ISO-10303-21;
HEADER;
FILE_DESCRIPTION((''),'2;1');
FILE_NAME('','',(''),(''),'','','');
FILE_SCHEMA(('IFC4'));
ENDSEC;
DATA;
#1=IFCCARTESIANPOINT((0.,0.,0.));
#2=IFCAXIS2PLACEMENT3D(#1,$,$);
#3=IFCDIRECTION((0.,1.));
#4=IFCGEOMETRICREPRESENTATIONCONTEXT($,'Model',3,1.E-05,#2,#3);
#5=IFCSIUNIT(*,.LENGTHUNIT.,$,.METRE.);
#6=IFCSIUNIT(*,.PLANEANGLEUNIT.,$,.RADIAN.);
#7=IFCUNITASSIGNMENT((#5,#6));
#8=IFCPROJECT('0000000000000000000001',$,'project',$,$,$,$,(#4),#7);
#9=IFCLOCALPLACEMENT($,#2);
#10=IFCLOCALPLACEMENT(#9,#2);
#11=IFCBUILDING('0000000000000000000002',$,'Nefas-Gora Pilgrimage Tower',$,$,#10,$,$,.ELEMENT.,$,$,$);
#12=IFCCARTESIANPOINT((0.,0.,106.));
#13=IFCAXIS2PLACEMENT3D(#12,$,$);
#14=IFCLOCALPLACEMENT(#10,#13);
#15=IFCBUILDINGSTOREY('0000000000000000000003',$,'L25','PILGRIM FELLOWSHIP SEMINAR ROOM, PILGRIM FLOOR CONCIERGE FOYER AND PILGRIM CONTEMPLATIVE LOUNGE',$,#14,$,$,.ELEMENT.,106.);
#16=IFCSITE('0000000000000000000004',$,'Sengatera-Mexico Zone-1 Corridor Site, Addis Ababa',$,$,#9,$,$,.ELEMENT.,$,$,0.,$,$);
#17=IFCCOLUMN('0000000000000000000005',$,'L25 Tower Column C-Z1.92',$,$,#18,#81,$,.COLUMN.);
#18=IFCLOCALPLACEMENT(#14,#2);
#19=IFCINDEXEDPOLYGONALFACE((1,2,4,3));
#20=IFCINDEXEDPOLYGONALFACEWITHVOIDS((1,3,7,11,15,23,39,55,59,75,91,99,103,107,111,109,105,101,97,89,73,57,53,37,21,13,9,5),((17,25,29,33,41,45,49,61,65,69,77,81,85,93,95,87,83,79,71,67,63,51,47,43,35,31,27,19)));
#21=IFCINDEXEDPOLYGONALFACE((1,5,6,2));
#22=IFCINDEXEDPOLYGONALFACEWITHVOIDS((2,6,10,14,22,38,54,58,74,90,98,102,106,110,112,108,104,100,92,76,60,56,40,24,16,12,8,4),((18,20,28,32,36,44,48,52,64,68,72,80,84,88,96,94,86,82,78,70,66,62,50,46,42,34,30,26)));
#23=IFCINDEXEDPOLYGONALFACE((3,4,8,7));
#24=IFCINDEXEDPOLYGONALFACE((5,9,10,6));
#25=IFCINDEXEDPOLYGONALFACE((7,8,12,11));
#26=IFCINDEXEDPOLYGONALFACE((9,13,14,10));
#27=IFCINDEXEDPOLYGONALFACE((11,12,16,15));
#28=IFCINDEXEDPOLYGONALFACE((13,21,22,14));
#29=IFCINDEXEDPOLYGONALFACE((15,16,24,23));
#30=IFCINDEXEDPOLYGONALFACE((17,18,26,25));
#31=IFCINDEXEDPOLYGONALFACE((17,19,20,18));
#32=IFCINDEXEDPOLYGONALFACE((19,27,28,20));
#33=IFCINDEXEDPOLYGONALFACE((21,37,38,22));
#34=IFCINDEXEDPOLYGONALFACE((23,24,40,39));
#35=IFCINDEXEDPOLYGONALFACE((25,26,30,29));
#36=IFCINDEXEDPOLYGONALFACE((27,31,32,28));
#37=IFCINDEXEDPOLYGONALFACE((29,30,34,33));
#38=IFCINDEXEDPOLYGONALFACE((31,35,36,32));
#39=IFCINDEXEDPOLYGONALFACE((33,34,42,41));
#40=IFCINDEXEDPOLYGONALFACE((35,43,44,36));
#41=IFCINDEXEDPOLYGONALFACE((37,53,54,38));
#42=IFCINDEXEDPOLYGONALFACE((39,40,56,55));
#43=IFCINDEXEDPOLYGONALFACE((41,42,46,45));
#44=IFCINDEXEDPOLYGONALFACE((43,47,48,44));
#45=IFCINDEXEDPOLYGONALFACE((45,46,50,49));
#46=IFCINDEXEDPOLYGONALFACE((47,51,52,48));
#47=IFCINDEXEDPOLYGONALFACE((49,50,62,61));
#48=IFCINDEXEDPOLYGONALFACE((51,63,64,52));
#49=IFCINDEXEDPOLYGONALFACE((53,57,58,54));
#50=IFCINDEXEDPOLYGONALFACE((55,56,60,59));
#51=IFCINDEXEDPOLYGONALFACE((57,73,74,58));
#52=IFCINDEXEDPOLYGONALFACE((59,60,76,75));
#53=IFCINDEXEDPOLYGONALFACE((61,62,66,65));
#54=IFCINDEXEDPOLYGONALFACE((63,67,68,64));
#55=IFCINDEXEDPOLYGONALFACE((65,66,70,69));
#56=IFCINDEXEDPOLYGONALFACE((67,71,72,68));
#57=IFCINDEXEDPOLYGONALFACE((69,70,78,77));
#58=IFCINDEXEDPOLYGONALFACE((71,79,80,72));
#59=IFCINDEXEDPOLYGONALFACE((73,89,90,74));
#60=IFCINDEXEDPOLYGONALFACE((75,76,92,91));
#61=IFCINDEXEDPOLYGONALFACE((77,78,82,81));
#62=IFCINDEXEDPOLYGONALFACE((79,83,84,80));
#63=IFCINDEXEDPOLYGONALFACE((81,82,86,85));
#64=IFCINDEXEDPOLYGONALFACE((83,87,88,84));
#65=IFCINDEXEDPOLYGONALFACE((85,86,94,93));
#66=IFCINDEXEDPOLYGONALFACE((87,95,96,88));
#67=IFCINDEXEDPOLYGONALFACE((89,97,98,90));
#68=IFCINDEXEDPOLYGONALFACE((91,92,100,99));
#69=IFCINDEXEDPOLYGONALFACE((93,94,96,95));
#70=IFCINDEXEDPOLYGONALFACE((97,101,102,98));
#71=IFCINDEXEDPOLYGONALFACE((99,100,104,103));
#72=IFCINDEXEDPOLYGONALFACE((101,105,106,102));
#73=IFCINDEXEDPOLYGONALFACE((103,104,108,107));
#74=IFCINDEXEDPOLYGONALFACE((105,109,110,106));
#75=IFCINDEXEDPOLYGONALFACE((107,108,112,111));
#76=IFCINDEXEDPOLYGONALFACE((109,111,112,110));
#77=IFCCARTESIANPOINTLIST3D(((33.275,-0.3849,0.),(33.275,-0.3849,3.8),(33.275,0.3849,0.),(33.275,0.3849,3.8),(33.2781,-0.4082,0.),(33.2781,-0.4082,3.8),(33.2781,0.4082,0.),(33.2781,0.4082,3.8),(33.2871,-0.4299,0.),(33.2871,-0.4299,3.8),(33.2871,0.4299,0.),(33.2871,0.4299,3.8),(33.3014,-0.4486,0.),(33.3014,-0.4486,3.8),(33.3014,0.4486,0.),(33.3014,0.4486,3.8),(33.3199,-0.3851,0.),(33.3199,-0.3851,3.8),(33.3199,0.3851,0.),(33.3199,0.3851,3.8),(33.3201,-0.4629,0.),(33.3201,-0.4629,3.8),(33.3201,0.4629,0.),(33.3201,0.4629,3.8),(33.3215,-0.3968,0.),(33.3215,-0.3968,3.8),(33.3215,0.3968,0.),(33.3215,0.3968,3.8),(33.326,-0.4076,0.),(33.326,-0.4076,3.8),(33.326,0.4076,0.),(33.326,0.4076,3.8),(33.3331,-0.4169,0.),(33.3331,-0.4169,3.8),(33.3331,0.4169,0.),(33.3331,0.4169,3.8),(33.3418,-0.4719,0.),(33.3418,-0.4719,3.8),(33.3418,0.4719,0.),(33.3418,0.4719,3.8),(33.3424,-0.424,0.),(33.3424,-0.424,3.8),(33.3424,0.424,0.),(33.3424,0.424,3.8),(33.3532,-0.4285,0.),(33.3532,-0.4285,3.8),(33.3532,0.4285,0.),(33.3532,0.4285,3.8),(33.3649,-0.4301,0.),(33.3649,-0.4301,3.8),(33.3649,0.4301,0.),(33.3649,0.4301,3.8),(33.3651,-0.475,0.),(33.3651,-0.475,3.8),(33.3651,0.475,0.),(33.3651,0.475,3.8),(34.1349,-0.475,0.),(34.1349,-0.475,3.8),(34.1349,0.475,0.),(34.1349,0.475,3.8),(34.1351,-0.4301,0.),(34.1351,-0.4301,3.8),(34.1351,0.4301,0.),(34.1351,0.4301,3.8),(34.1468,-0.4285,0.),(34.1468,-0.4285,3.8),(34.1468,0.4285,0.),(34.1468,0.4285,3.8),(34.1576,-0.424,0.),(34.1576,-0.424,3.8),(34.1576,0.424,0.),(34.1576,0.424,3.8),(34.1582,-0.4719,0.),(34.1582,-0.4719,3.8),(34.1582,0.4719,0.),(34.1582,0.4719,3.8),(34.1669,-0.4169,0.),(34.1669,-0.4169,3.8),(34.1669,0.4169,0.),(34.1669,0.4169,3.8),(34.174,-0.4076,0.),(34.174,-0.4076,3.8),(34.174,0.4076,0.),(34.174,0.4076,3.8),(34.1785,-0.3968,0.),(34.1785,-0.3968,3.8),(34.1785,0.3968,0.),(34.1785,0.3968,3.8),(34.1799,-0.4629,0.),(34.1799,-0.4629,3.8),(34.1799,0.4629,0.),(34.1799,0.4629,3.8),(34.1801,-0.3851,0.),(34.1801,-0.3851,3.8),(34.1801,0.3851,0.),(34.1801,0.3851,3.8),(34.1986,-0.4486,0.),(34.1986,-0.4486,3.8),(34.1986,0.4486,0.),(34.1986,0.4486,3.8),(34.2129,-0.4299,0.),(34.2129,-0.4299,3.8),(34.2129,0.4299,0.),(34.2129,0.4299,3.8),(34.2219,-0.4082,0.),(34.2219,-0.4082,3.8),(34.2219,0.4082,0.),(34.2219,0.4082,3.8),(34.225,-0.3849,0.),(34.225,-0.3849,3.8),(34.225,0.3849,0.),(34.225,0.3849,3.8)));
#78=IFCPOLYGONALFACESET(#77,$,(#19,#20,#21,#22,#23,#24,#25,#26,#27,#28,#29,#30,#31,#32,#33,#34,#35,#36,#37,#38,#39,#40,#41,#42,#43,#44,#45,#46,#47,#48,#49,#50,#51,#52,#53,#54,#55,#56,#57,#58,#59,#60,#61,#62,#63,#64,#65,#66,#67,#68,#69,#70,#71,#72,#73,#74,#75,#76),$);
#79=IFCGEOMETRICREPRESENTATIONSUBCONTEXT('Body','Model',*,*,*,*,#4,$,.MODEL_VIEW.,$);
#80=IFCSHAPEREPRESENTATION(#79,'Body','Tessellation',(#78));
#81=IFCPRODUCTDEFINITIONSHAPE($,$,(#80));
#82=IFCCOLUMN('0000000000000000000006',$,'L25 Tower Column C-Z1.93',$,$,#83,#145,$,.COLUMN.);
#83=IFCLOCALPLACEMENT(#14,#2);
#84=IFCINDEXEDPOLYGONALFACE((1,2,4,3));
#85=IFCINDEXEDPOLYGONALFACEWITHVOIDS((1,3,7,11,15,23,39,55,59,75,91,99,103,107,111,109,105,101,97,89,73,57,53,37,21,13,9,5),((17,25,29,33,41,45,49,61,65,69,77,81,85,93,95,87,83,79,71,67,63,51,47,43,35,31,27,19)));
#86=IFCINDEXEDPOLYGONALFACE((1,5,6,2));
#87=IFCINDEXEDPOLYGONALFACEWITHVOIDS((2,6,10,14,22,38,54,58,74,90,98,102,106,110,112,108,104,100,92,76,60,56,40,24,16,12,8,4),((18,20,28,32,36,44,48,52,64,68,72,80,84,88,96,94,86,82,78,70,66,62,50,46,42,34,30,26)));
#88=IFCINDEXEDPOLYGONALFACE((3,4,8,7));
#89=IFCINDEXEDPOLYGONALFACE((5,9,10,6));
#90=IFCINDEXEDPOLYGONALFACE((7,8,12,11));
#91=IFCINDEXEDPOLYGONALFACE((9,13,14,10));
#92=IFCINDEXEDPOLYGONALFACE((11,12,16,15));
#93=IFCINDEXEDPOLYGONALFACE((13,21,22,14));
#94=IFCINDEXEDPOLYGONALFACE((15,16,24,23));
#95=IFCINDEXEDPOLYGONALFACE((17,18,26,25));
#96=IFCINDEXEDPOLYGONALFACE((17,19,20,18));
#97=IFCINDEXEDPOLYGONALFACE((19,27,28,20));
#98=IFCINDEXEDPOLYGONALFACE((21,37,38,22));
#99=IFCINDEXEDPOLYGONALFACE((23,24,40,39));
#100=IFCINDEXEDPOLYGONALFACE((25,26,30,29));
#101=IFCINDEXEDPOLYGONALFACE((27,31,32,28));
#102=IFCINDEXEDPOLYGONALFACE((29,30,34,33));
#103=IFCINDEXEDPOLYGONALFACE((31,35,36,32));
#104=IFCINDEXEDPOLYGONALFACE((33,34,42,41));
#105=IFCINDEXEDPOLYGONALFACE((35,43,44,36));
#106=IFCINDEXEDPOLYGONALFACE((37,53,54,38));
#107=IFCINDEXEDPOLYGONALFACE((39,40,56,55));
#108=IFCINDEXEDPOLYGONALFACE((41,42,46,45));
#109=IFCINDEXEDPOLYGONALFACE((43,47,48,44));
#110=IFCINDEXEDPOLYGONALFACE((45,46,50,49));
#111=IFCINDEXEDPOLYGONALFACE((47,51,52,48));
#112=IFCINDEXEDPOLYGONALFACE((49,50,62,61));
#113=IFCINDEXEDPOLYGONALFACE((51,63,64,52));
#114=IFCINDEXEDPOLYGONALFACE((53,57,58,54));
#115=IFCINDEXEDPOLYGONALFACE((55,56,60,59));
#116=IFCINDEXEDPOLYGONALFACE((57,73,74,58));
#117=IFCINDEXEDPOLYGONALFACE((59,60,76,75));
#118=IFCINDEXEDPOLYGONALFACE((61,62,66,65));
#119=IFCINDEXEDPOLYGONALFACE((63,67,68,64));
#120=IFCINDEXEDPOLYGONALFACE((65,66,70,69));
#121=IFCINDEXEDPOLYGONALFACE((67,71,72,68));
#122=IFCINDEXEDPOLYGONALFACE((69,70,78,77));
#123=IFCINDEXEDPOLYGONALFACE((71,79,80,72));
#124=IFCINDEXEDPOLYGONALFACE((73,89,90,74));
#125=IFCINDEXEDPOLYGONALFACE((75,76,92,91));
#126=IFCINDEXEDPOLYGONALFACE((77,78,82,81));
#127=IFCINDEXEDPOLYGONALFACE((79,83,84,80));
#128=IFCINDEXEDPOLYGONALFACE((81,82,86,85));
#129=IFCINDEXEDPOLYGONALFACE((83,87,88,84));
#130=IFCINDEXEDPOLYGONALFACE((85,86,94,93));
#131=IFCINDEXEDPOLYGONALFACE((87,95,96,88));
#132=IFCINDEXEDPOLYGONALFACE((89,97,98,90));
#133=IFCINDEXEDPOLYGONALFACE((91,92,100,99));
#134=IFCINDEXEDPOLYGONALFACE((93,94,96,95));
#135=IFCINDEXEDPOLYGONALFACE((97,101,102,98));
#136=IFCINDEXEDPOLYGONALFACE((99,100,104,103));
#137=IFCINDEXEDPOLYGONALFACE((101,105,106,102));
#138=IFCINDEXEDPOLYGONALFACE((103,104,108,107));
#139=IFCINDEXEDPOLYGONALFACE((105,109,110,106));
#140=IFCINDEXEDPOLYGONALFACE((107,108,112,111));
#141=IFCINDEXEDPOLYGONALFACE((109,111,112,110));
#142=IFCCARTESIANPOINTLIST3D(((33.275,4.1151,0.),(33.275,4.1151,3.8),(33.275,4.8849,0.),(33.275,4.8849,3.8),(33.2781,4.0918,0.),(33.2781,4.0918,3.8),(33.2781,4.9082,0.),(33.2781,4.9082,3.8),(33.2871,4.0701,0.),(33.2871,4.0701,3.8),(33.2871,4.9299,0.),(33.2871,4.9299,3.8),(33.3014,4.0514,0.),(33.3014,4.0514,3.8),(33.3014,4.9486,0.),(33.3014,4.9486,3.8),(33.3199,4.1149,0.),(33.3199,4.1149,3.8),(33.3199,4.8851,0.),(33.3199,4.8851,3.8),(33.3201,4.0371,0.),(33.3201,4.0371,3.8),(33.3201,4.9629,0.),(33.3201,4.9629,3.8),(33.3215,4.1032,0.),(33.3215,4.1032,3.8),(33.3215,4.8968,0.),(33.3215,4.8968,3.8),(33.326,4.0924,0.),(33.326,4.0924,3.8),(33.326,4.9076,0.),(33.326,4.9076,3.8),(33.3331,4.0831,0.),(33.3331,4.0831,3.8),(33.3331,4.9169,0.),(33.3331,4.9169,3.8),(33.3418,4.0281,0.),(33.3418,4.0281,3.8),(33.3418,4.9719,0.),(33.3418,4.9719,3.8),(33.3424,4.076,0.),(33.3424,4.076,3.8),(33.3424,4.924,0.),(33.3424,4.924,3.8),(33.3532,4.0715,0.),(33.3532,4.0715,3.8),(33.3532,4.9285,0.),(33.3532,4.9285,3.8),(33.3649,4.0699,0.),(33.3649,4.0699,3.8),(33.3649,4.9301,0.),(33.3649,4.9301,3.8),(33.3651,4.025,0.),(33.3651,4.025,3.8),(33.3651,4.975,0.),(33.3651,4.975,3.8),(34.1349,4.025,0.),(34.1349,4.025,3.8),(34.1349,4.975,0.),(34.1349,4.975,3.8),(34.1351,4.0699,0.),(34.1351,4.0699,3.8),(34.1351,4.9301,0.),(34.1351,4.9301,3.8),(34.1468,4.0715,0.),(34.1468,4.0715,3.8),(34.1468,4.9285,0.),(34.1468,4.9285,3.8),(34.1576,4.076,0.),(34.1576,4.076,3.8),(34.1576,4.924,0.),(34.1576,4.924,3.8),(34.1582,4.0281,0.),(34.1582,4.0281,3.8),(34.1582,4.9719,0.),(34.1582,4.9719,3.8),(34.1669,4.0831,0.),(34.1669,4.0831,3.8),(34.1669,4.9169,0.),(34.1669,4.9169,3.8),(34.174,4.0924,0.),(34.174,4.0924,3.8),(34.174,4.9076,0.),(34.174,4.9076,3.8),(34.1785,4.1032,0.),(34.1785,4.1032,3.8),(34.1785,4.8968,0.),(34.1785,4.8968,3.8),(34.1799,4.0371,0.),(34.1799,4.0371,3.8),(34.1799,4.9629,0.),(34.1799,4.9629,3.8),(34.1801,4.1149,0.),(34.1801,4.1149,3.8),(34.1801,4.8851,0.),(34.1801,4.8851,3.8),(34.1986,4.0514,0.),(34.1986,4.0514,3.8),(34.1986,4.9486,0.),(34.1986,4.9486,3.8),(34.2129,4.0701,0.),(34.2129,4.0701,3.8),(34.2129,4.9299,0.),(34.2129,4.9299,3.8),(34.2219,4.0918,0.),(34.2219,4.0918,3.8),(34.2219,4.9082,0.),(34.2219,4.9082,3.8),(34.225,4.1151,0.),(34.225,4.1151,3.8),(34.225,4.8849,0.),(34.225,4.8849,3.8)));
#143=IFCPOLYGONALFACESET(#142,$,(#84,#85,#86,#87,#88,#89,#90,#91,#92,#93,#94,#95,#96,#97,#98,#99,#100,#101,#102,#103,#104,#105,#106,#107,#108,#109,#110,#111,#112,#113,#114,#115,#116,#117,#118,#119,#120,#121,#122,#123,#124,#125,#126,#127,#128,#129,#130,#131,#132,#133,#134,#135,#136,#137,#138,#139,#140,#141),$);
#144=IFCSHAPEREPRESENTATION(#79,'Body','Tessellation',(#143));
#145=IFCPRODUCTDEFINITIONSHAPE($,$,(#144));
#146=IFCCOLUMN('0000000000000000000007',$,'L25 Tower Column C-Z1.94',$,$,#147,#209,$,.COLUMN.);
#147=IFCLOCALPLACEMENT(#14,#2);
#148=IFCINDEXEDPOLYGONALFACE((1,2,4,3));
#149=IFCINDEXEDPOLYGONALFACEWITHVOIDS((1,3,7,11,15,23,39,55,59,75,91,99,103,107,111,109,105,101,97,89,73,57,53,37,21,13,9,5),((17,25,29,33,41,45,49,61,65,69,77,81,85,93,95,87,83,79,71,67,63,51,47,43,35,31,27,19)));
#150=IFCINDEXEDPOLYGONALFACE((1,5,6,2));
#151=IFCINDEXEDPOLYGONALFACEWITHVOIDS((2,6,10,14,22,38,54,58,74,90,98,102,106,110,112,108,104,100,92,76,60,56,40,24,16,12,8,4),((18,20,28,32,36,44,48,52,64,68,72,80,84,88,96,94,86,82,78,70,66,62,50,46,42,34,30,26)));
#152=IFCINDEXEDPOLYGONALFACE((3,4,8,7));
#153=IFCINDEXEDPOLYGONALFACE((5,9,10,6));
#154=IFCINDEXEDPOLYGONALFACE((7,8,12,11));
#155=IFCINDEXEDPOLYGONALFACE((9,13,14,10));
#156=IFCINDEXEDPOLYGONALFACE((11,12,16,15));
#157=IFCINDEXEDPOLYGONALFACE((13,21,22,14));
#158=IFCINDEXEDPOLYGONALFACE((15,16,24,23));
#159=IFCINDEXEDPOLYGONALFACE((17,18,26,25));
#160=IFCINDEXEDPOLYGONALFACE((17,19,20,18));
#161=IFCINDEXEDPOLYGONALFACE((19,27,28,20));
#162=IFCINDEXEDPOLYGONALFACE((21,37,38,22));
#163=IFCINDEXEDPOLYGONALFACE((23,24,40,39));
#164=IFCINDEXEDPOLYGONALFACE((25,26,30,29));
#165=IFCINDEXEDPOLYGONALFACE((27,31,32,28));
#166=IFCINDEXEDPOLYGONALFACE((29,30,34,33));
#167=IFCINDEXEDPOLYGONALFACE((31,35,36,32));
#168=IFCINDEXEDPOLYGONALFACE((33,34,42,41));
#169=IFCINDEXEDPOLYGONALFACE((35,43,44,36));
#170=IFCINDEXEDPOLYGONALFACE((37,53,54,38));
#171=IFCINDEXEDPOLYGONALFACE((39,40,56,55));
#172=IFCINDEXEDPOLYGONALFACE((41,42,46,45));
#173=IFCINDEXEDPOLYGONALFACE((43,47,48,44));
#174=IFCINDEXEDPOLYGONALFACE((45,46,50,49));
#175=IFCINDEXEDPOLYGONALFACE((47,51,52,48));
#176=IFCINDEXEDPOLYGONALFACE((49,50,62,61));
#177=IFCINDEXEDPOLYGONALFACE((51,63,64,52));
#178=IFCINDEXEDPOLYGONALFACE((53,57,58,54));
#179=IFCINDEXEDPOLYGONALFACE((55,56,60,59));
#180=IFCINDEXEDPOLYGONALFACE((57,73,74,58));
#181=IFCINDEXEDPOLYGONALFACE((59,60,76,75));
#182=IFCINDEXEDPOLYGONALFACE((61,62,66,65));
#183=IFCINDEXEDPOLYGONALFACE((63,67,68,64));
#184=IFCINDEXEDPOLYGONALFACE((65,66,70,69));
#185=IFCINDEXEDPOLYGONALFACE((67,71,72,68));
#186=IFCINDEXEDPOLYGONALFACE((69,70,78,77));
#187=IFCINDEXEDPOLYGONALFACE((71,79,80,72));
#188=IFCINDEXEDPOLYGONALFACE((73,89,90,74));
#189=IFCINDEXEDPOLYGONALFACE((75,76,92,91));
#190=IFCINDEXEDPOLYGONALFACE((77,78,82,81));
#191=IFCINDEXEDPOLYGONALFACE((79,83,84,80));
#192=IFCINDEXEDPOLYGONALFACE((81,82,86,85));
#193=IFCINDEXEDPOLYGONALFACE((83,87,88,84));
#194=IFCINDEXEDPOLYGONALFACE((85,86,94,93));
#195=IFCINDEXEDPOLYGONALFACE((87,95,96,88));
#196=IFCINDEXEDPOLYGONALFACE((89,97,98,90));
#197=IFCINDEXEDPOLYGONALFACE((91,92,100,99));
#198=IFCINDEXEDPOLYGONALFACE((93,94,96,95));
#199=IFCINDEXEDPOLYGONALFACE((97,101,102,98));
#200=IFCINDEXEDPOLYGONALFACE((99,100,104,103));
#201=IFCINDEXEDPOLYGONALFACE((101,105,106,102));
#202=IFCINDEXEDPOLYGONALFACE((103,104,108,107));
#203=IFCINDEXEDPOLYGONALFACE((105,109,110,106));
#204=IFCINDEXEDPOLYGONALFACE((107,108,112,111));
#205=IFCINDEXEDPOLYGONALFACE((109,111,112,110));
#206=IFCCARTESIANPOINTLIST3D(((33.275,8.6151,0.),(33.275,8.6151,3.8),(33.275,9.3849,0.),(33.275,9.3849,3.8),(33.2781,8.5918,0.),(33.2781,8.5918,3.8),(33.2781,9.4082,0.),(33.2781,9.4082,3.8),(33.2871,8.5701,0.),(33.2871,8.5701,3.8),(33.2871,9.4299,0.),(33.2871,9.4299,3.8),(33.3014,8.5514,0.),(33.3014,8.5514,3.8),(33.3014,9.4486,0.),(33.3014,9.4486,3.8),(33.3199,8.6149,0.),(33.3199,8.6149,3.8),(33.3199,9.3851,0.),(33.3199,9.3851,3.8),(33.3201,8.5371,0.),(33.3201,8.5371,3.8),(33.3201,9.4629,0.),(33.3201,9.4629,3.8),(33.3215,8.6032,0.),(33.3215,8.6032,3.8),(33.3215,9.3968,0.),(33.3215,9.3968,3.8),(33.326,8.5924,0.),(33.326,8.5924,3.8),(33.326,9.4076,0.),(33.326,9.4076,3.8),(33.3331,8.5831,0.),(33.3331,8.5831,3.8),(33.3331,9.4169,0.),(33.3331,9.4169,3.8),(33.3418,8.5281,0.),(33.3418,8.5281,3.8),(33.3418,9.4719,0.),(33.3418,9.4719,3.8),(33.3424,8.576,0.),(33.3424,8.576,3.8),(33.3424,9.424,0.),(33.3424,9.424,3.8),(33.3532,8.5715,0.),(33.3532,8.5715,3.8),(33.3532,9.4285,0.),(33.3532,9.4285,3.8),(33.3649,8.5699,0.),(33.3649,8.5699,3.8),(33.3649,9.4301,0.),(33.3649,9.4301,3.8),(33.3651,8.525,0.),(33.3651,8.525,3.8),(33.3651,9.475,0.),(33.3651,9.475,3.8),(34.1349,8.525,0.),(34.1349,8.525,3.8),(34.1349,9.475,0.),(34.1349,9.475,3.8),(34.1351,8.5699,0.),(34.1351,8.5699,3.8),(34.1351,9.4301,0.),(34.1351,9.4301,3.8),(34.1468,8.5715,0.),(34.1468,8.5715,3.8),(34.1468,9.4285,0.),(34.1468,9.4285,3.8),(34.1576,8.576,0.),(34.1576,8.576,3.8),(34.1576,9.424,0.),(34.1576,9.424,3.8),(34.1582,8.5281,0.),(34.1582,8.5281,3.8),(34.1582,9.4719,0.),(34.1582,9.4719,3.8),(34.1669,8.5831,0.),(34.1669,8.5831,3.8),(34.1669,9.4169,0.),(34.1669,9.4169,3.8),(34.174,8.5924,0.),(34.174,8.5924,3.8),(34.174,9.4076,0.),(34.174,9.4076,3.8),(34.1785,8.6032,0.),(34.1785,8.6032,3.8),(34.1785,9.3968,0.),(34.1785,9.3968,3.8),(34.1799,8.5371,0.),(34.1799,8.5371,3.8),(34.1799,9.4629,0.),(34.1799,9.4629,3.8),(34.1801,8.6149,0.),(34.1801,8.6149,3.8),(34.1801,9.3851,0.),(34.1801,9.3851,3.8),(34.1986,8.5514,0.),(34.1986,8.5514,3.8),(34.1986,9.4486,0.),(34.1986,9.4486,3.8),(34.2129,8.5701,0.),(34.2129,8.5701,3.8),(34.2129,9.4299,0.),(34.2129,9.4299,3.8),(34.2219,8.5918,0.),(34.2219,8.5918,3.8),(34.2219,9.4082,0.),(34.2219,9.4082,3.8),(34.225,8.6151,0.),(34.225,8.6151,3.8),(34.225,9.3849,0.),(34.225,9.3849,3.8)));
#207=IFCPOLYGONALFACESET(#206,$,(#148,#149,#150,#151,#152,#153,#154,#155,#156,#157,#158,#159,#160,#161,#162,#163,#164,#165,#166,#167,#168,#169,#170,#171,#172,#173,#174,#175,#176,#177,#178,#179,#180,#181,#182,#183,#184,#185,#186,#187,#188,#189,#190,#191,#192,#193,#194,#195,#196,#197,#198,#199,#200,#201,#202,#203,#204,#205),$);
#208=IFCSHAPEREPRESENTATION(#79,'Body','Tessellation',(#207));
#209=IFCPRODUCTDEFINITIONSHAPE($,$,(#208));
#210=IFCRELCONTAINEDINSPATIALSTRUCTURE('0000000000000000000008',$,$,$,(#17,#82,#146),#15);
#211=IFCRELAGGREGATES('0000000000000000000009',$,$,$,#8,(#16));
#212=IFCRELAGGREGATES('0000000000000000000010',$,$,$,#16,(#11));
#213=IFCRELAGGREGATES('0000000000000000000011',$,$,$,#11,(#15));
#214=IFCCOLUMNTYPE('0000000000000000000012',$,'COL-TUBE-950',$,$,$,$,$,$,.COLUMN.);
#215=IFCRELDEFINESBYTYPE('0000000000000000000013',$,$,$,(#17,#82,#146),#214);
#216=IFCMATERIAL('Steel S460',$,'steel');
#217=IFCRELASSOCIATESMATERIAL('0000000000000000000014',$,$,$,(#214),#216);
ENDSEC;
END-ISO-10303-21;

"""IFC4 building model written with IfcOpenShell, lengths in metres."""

from ifc_helpers import new_model, si_unit, direction, frame, origin, origin_2d, place, context, subcontext, project, spatial, hollow_rectangle, extrude, source, transform, mapped, material, material_profile, profile_set, type_object, element, save


model = new_model("IFC4")

# Units and contexts
model_context = context("Model", 3, precision=1e-05, world=origin(), true_north=direction((0.0, 1.0)))
body_context = subcontext(model_context, "Body", "Model", "MODEL_VIEW")
ifc_project = project(units=[si_unit("LENGTHUNIT", "METRE"), si_unit("PLANEANGLEUNIT", "RADIAN")], contexts=[model_context])

# Site, building, storey
site_placement = place(None, origin())
site = spatial("IfcSite", under=ifc_project, at=site_placement, Name="Sengatera-Mexico Zone-1 Corridor Site, Addis Ababa", CompositionType="ELEMENT", RefElevation=0.0)
building_placement = place(site_placement, origin())
building = spatial("IfcBuilding", under=site, at=building_placement, Name="Nefas-Gora Pilgrimage Tower", CompositionType="ELEMENT")
storey_placement = place(building_placement, frame((0.0, 0.0, 106.0)))
storey = spatial("IfcBuildingStorey", under=building, at=storey_placement, Name="L25", Description="PILGRIM FELLOWSHIP SEMINAR ROOM, PILGRIM FLOOR CONCIERGE FOYER AND PILGRIM CONTEMPLATIVE LOUNGE", CompositionType="ELEMENT", Elevation=106.0)

# Columns
ifc_material_1 = material(Name="Steel S460", Category="steel")
ifc_material_profile_1 = material_profile(ifc_material_1, hollow_rectangle(XDim=0.95, YDim=0.95, WallThickness=0.0449, InnerFilletRadius=0.0449, OuterFilletRadius=0.0901, at=origin_2d()), Name="BOX 950x950x45")
ifc_profile_set_1 = profile_set([ifc_material_profile_1], Name="Steel S460")
column_type_1 = type_object("IfcColumnType", Name="COL-TUBE-950", PredefinedType="COLUMN", material=ifc_profile_set_1)
shared_shape_1 = source(origin(), body_context, "Body", "SweptSolid", [
    extrude(hollow_rectangle(XDim=0.95, YDim=0.95, WallThickness=0.0449, InnerFilletRadius=0.0449, OuterFilletRadius=0.0901, at=origin_2d()), origin(), (0.0, 0.0, 1.0), 3.8),
])
for number, where, z_axis, x_axis, name in (
    (1, (33.75, 0.0, 0.0), (0.0, 0.0, 1.0), (1.0, 0.0, 0.0), "L25 Tower Column C-Z1.92"),
    (2, (33.75, 4.5, 0.0), (0.0, 0.0, 1.0), (1.0, 0.0, 0.0), "L25 Tower Column C-Z1.93"),
    (3, (33.75, 9.0, 0.0), (0.0, 0.0, 1.0), (1.0, 0.0, 0.0), "L25 Tower Column C-Z1.94"),
):
    element("IfcColumn", number, at=place(storey_placement, frame(where, z_axis=z_axis, x_axis=x_axis)), inside=storey, type_object=column_type_1, Name=name, PredefinedType="COLUMN", context=body_context, shape_type="MappedRepresentation", body=[
        mapped(shared_shape_1, transform((0.0, 0.0, 0.0), x_axis=(1.0, 0.0, 0.0), y_axis=(0.0, 1.0, 0.0), z_axis=(0.0, 0.0, 1.0), scale=1.0)),
    ])

save(model, "model.ifc")
